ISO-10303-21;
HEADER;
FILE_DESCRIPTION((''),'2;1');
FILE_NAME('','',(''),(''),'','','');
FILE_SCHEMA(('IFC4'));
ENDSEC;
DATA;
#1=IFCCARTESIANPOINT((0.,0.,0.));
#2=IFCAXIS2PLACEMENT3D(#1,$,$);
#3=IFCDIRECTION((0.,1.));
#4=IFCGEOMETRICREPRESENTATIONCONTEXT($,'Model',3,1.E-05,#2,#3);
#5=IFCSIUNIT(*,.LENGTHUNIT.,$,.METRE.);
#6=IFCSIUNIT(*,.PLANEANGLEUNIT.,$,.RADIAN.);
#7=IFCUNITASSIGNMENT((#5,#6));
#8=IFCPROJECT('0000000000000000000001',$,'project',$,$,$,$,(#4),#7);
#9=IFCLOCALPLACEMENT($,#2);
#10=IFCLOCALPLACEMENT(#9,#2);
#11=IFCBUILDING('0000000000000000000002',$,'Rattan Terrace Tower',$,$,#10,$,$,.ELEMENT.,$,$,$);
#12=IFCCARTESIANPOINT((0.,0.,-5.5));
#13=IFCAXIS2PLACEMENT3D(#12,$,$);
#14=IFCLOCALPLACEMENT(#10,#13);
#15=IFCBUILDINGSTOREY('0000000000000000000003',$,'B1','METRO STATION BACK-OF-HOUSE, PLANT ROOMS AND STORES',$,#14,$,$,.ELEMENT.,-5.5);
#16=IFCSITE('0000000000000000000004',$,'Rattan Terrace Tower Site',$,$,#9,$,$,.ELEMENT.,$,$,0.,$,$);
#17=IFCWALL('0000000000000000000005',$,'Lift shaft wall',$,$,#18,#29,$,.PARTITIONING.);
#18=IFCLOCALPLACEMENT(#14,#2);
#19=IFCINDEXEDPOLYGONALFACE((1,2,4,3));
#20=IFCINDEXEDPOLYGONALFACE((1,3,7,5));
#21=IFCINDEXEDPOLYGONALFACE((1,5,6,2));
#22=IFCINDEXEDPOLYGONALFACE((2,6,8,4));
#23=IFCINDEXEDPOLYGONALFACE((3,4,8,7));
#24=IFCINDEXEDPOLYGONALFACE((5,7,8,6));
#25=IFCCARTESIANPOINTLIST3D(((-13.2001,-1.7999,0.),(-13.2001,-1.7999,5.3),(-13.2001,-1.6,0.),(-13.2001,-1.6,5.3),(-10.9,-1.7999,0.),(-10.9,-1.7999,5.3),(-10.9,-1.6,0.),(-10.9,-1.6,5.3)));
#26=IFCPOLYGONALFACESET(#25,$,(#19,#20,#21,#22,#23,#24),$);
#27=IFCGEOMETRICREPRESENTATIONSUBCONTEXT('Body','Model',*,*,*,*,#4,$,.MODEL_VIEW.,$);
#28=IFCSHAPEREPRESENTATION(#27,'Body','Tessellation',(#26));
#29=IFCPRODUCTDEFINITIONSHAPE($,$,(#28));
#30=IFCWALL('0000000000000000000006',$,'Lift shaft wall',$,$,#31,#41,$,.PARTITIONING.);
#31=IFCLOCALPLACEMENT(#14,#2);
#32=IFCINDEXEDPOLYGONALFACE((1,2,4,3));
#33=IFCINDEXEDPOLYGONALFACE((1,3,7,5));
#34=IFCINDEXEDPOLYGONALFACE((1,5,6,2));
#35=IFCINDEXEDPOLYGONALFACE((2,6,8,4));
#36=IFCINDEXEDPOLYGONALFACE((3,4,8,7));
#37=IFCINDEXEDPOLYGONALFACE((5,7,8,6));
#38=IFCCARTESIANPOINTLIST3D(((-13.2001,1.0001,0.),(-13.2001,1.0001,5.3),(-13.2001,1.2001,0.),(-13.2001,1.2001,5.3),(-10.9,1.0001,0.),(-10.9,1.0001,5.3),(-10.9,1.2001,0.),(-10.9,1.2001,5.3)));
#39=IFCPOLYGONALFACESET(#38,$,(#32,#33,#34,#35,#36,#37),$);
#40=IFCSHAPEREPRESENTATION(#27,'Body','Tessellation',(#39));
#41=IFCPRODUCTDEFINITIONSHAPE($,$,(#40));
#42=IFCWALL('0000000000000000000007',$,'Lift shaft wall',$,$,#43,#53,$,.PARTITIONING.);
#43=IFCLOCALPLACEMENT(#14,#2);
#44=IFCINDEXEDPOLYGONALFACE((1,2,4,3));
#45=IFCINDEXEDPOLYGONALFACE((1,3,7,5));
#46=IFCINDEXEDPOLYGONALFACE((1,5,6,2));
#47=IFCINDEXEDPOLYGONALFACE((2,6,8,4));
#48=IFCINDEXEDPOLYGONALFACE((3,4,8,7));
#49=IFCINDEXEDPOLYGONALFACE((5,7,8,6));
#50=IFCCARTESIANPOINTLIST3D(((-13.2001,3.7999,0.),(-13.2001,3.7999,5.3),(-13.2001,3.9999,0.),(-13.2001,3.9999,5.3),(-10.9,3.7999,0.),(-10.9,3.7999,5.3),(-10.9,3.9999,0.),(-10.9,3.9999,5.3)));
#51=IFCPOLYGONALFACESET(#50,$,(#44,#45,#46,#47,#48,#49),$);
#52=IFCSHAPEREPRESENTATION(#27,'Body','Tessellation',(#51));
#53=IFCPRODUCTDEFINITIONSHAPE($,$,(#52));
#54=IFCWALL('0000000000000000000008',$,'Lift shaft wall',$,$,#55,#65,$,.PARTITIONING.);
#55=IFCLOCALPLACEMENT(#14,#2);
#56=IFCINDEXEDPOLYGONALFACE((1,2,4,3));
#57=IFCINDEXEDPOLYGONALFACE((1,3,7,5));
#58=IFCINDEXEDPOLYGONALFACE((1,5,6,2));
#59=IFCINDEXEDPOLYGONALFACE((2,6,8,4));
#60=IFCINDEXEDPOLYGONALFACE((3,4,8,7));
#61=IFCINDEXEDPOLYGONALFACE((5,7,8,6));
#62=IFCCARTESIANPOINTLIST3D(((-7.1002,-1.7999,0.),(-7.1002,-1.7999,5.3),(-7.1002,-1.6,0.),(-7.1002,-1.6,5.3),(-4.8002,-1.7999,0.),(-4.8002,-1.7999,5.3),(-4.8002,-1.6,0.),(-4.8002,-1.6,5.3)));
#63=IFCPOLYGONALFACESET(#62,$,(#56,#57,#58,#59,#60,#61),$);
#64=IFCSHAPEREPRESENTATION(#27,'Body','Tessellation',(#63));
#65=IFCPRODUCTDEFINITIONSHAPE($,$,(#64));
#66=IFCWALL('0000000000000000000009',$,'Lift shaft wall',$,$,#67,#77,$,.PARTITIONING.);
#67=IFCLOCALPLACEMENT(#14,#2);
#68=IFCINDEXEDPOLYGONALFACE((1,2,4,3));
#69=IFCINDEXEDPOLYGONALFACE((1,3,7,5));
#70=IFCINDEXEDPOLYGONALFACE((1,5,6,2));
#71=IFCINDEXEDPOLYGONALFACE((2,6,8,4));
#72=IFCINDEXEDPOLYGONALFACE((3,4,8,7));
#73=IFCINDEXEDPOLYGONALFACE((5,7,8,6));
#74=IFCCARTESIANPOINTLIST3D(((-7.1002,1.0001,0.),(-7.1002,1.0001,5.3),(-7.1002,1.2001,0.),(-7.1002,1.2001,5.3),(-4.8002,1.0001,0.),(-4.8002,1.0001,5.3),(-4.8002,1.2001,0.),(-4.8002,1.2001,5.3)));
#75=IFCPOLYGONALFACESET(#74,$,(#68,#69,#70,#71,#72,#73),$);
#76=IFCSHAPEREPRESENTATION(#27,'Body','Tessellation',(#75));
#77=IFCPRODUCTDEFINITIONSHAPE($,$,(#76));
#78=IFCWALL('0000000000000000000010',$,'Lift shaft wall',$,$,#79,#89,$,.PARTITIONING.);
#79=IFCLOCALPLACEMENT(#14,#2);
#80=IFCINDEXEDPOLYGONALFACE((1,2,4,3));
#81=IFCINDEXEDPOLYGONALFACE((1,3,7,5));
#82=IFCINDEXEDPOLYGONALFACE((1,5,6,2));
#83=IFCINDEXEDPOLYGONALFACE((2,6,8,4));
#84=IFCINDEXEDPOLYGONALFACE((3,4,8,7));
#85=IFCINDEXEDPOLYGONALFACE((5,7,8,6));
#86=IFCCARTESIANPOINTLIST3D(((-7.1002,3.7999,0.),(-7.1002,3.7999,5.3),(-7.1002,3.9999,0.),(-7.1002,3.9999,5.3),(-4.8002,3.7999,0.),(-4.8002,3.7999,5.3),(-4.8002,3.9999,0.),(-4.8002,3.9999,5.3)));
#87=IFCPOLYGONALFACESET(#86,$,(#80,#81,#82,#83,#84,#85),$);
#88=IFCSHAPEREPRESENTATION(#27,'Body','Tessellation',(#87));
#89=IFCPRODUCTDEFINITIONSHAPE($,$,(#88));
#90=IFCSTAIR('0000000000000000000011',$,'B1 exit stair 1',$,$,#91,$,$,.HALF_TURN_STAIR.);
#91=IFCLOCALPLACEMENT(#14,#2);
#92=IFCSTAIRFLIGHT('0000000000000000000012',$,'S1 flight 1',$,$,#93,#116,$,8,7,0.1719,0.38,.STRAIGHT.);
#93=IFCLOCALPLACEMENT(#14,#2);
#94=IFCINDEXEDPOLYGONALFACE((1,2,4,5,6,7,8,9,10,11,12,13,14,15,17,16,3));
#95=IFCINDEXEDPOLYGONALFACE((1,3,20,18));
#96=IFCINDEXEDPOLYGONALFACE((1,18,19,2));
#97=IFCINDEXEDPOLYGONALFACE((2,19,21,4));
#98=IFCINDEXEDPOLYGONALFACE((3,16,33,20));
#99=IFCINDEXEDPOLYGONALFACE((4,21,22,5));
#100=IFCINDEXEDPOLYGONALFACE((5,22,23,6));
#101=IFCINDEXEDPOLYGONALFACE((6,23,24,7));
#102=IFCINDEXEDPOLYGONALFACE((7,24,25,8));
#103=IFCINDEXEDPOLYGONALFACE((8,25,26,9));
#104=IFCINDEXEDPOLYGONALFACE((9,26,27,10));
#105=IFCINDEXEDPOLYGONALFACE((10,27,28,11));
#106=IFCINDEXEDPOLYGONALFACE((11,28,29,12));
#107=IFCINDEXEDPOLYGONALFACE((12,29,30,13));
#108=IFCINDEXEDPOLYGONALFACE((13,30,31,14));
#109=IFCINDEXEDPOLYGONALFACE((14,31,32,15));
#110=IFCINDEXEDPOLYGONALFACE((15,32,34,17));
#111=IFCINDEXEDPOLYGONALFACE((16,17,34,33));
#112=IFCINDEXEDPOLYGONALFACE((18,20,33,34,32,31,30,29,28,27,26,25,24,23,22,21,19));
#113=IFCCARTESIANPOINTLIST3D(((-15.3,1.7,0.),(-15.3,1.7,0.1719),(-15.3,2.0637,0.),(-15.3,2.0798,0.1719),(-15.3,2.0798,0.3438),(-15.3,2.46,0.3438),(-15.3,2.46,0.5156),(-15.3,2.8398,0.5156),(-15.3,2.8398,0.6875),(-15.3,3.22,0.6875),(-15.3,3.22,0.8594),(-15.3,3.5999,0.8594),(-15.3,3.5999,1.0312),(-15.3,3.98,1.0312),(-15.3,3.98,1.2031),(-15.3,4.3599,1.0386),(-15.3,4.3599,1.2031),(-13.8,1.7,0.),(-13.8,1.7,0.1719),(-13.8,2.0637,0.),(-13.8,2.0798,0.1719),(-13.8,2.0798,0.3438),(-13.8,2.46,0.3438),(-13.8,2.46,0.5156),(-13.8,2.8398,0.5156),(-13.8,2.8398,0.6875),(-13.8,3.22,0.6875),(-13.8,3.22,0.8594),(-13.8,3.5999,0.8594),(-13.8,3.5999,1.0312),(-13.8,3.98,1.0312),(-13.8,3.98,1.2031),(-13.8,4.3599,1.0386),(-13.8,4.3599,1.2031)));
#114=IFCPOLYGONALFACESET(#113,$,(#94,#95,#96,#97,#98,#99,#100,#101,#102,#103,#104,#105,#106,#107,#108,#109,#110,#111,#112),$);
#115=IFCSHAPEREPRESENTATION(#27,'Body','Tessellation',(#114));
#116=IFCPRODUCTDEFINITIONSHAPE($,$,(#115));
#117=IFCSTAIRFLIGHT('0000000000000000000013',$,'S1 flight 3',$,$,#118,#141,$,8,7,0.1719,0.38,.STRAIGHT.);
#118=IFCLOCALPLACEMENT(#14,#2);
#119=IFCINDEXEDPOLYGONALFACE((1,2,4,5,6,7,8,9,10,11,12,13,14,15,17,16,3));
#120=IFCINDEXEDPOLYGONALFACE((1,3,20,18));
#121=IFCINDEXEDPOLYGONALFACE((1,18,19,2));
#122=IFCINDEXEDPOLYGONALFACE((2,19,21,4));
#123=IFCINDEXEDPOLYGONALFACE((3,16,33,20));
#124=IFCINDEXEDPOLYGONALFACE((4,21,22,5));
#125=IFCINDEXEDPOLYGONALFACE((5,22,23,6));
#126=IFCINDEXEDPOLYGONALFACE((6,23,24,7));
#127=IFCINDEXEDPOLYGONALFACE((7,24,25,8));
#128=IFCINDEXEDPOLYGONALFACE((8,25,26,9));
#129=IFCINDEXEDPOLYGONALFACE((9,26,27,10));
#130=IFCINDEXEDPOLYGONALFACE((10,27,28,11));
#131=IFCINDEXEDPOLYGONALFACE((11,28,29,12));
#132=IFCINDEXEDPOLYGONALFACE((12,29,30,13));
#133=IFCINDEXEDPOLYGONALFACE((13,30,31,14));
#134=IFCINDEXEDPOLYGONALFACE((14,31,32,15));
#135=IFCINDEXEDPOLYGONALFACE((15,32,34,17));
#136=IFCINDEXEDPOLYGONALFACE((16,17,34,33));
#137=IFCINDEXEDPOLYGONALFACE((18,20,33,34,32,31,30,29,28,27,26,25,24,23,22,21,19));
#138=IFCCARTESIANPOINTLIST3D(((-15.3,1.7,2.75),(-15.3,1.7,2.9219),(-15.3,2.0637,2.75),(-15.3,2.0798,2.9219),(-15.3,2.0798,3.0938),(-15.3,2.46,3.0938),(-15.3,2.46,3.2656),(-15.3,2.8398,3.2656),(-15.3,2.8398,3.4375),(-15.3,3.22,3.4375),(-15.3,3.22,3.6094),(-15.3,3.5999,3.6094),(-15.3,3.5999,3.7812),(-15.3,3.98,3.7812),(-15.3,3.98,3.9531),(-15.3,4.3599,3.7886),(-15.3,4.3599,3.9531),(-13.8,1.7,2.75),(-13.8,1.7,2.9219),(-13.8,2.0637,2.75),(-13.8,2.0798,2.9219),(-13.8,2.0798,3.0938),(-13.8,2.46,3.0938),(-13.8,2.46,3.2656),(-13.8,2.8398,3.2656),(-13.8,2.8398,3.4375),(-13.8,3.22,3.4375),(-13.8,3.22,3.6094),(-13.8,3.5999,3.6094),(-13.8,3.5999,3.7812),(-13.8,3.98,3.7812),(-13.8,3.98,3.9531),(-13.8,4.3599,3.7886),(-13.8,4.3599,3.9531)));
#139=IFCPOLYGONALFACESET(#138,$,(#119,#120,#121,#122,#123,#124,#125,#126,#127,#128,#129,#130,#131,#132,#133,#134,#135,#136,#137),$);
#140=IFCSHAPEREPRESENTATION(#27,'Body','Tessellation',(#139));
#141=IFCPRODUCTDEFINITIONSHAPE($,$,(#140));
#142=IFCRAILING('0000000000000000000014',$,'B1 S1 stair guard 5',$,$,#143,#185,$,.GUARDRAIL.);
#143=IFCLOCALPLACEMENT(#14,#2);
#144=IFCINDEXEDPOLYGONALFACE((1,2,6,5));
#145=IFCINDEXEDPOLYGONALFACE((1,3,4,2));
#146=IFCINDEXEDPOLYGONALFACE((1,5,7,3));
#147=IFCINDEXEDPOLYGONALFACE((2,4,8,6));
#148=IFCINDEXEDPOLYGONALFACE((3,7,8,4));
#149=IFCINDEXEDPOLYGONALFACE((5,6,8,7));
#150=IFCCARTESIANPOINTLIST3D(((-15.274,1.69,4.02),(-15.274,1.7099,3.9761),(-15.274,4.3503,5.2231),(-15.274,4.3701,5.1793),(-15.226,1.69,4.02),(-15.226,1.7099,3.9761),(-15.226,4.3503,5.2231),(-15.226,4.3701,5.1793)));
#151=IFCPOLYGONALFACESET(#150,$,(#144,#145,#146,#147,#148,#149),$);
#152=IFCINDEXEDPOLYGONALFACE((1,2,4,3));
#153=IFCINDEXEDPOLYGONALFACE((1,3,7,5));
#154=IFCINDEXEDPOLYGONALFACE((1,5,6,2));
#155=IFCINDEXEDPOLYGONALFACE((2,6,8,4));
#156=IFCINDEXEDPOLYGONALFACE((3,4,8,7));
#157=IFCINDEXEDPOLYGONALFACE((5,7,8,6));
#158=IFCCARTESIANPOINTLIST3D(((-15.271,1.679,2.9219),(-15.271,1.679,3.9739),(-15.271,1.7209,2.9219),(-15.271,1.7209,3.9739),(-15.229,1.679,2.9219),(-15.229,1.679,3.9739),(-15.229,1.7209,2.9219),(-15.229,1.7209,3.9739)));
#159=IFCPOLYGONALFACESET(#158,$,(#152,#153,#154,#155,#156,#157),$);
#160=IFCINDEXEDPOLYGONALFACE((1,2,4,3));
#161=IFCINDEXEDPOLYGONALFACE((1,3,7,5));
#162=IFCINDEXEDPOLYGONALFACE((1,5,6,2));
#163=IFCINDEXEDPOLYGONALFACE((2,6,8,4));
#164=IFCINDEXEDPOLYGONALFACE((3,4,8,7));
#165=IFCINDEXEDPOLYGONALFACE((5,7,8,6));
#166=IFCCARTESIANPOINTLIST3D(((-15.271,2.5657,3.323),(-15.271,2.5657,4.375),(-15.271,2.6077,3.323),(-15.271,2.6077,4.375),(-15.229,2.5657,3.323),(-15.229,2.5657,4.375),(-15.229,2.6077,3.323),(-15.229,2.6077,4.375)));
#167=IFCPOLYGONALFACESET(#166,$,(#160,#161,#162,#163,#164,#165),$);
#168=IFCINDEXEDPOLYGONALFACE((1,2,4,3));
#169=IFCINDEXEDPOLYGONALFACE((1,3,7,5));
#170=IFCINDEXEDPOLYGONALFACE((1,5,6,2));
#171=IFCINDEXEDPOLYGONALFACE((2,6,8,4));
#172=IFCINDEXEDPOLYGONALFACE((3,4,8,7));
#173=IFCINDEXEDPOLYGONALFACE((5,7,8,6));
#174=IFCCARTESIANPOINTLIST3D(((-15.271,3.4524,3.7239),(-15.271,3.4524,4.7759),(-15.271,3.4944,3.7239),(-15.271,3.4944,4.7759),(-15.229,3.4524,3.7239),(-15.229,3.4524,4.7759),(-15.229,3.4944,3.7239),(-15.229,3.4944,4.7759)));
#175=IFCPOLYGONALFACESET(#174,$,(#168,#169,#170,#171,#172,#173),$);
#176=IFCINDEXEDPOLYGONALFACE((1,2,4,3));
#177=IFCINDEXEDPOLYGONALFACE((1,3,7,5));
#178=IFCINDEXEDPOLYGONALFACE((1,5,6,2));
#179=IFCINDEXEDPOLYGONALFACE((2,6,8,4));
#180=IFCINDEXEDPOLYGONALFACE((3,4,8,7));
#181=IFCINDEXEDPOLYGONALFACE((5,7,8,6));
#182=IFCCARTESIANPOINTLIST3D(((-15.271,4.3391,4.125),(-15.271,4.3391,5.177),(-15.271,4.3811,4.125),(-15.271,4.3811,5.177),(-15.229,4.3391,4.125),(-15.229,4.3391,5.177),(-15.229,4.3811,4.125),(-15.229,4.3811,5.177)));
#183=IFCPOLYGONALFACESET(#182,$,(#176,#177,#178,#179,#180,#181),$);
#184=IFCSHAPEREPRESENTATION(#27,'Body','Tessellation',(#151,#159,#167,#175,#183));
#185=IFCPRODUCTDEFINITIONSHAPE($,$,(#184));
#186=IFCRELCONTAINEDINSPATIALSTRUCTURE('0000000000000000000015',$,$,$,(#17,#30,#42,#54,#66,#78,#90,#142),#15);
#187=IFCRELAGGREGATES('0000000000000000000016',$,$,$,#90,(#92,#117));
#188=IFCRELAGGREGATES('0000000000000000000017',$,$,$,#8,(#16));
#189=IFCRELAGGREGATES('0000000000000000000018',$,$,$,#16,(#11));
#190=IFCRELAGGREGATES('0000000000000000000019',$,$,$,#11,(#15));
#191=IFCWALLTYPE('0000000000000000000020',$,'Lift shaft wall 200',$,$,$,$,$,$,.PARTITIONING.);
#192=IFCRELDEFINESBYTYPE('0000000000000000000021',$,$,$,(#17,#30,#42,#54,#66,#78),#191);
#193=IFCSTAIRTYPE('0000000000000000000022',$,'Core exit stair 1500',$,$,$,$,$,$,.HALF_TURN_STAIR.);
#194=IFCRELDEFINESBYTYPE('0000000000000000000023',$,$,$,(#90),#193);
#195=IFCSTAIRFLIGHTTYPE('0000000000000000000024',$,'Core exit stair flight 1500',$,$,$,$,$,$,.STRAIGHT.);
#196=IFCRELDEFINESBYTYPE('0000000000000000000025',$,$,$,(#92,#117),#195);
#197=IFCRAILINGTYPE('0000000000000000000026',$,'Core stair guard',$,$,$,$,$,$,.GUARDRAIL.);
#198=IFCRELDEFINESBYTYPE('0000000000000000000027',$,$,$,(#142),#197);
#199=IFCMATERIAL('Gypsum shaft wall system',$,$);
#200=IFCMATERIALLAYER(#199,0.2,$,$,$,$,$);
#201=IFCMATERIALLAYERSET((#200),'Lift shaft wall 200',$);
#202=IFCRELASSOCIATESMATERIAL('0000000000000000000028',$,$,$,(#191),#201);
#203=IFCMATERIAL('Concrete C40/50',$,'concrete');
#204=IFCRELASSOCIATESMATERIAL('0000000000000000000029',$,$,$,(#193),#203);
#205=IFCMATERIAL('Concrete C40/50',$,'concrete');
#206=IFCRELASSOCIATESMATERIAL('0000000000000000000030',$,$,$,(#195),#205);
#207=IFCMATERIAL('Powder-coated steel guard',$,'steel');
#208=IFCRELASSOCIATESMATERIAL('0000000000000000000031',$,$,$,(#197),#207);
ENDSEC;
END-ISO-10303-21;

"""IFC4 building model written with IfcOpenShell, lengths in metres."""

from ifc_helpers import new_model, si_unit, direction, frame, frame_2d, origin, origin_2d, place, context, subcontext, project, spatial, polyline, rectangle, outline, extrude, material, layer, layer_set, type_object, element, aggregate, save


model = new_model("IFC4")

# Units and contexts
model_context = context("Model", 3, precision=1e-05, world=origin(), true_north=direction((0.0, 1.0)))
body_context = subcontext(model_context, "Body", "Model", "MODEL_VIEW")
ifc_project = project(units=[si_unit("LENGTHUNIT", "METRE"), si_unit("PLANEANGLEUNIT", "RADIAN")], contexts=[model_context])

# Site, building, storey
site_placement = place(None, origin())
site = spatial("IfcSite", under=ifc_project, at=site_placement, Name="Rattan Terrace Tower Site", CompositionType="ELEMENT", RefElevation=0.0)
building_placement = place(site_placement, origin())
building = spatial("IfcBuilding", under=site, at=building_placement, Name="Rattan Terrace Tower", CompositionType="ELEMENT")
storey_placement = place(building_placement, frame((0.0, 0.0, -5.5)))
storey = spatial("IfcBuildingStorey", under=building, at=storey_placement, Name="B1", Description="METRO STATION BACK-OF-HOUSE, PLANT ROOMS AND STORES", CompositionType="ELEMENT", Elevation=-5.5)

# Walls
ifc_material_1 = material(Name="Gypsum shaft wall system")
ifc_layer = layer(ifc_material_1, 0.2)
ifc_layer_set = layer_set([ifc_layer], Name="Lift shaft wall 200")
wall_type = type_object("IfcWallType", Name="Lift shaft wall 200", PredefinedType="PARTITIONING", material=ifc_layer_set)
for number, where, z_axis, x_axis, name in (
    (1, (-13.2, -1.7, 0.0), (0.0, 0.0, 1.0), (1.0, 0.0, 0.0), "Lift shaft wall"),
    (2, (-13.2, 1.1001, 0.0), (0.0, 0.0, 1.0), (1.0, 0.0, 0.0), "Lift shaft wall"),
    (3, (-13.2, 3.8999, 0.0), (0.0, 0.0, 1.0), (1.0, 0.0, 0.0), "Lift shaft wall"),
    (4, (-7.1001, -1.7, 0.0), (0.0, 0.0, 1.0), (1.0, 0.0, 0.0), "Lift shaft wall"),
    (5, (-7.1001, 1.1001, 0.0), (0.0, 0.0, 1.0), (1.0, 0.0, 0.0), "Lift shaft wall"),
    (6, (-7.1001, 3.8999, 0.0), (0.0, 0.0, 1.0), (1.0, 0.0, 0.0), "Lift shaft wall"),
):
    element("IfcWall", number, at=place(storey_placement, frame(where, z_axis=z_axis, x_axis=x_axis)), inside=storey, type_object=wall_type, Name=name, PredefinedType="PARTITIONING", context=body_context, shape_type="SweptSolid", body=[
        extrude(rectangle(XDim=2.3, YDim=0.2, at=frame_2d((1.1499, 0.0))), origin(), (0.0, 0.0, 1.0), 5.3),
    ])

# Stair, stair flights
ifc_material_2 = material(Name="Concrete C40/50", Category="concrete")
stair_type = type_object("IfcStairType", Name="Core exit stair 1500", PredefinedType="HALF_TURN_STAIR", material=ifc_material_2)
stair_placement = place(storey_placement, origin())
stair = element("IfcStair", 7, at=stair_placement, inside=storey, type_object=stair_type, Name="B1 exit stair 1", PredefinedType="HALF_TURN_STAIR")
ifc_material_3 = material(Name="Concrete C40/50", Category="concrete")
stair_flight_type = type_object("IfcStairFlightType", Name="Core exit stair flight 1500", PredefinedType="STRAIGHT", material=ifc_material_3)
stair_flight_1_placement = place(storey_placement, frame((-14.55, 1.7, 0.0), z_axis=(0.0, 0.0, 1.0), x_axis=(0.0, 1.0, 0.0)))
stair_flight_1 = element("IfcStairFlight", 8, at=stair_flight_1_placement, type_object=stair_flight_type, Name="S1 flight 1", NumberOfRisers=8, NumberOfTreads=7, PredefinedType="STRAIGHT", RiserHeight=0.1719, TreadLength=0.38, context=body_context, shape_type="SweptSolid", body=[
    extrude(outline(polyline([(0.0, 0.0), (0.0, 0.1719), (0.3799, 0.1719), (0.3799, 0.3438), (0.76, 0.3438), (0.76, 0.5156), (1.1399, 0.5156), (1.1399, 0.6875), (1.52, 0.6875), (1.52, 0.8594), (1.8999, 0.8594), (1.8999, 1.0312), (2.28, 1.0312), (2.28, 1.2031), (2.6599, 1.2031), (2.6599, 1.375), (2.6599, 1.0386), (0.3638, 0.0), (0.0, 0.0)])), frame((0.0, 0.75, 0.0), z_axis=(0.0, -1.0, 0.0), x_axis=(1.0, 0.0, 0.0)), (0.0, 0.0, 1.0), 1.5),
])
stair_flight_2_placement = place(storey_placement, frame((-14.55, 1.7, 2.75), z_axis=(0.0, 0.0, 1.0), x_axis=(0.0, 1.0, 0.0)))
stair_flight_2 = element("IfcStairFlight", 9, at=stair_flight_2_placement, type_object=stair_flight_type, Name="S1 flight 3", NumberOfRisers=8, NumberOfTreads=7, PredefinedType="STRAIGHT", RiserHeight=0.1719, TreadLength=0.38, context=body_context, shape_type="SweptSolid", body=[
    extrude(outline(polyline([(0.0, 0.0), (0.0, 0.1719), (0.3799, 0.1719), (0.3799, 0.3438), (0.76, 0.3438), (0.76, 0.5156), (1.1399, 0.5156), (1.1399, 0.6875), (1.52, 0.6875), (1.52, 0.8594), (1.8999, 0.8594), (1.8999, 1.0312), (2.28, 1.0312), (2.28, 1.2031), (2.6599, 1.2031), (2.6599, 1.375), (2.6599, 1.0386), (0.3638, 0.0), (0.0, 0.0)])), frame((0.0, 0.75, 0.0), z_axis=(0.0, -1.0, 0.0), x_axis=(1.0, 0.0, 0.0)), (0.0, 0.0, 1.0), 1.5),
])
aggregate(stair, [stair_flight_1, stair_flight_2])

# Railing
ifc_material_4 = material(Name="Powder-coated steel guard", Category="steel")
railing_type_1 = type_object("IfcRailingType", Name="Core stair guard", PredefinedType="GUARDRAIL", material=ifc_material_4)
railing_placement = place(storey_placement, frame((-15.25, 1.7, 2.9219)))
element("IfcRailing", 10, at=railing_placement, inside=storey, type_object=railing_type_1, Name="B1 S1 stair guard 5", PredefinedType="GUARDRAIL", context=body_context, shape_type="SweptSolid", body=[
    extrude(rectangle(XDim=0.0481, YDim=0.0481, at=origin_2d()), frame((0.0, 0.0, 1.0762), z_axis=(0.0, 0.911144, 0.412089), x_axis=(-1.0, 0.0, 0.0)), (0.0, 0.0, 1.0), 2.9197),
    extrude(rectangle(XDim=0.042, YDim=0.042, at=origin_2d()), origin(), (0.0, 0.0, 1.0), 1.052),
    extrude(rectangle(XDim=0.042, YDim=0.042, at=origin_2d()), frame((0.0, 0.8867, 0.4011)), (0.0, 0.0, 1.0), 1.052),
    extrude(rectangle(XDim=0.042, YDim=0.042, at=origin_2d()), frame((0.0, 1.7734, 0.802)), (0.0, 0.0, 1.0), 1.052),
    extrude(rectangle(XDim=0.042, YDim=0.042, at=origin_2d()), frame((0.0, 2.6602, 1.2031)), (0.0, 0.0, 1.0), 1.052),
])

save(model, "model.ifc")
